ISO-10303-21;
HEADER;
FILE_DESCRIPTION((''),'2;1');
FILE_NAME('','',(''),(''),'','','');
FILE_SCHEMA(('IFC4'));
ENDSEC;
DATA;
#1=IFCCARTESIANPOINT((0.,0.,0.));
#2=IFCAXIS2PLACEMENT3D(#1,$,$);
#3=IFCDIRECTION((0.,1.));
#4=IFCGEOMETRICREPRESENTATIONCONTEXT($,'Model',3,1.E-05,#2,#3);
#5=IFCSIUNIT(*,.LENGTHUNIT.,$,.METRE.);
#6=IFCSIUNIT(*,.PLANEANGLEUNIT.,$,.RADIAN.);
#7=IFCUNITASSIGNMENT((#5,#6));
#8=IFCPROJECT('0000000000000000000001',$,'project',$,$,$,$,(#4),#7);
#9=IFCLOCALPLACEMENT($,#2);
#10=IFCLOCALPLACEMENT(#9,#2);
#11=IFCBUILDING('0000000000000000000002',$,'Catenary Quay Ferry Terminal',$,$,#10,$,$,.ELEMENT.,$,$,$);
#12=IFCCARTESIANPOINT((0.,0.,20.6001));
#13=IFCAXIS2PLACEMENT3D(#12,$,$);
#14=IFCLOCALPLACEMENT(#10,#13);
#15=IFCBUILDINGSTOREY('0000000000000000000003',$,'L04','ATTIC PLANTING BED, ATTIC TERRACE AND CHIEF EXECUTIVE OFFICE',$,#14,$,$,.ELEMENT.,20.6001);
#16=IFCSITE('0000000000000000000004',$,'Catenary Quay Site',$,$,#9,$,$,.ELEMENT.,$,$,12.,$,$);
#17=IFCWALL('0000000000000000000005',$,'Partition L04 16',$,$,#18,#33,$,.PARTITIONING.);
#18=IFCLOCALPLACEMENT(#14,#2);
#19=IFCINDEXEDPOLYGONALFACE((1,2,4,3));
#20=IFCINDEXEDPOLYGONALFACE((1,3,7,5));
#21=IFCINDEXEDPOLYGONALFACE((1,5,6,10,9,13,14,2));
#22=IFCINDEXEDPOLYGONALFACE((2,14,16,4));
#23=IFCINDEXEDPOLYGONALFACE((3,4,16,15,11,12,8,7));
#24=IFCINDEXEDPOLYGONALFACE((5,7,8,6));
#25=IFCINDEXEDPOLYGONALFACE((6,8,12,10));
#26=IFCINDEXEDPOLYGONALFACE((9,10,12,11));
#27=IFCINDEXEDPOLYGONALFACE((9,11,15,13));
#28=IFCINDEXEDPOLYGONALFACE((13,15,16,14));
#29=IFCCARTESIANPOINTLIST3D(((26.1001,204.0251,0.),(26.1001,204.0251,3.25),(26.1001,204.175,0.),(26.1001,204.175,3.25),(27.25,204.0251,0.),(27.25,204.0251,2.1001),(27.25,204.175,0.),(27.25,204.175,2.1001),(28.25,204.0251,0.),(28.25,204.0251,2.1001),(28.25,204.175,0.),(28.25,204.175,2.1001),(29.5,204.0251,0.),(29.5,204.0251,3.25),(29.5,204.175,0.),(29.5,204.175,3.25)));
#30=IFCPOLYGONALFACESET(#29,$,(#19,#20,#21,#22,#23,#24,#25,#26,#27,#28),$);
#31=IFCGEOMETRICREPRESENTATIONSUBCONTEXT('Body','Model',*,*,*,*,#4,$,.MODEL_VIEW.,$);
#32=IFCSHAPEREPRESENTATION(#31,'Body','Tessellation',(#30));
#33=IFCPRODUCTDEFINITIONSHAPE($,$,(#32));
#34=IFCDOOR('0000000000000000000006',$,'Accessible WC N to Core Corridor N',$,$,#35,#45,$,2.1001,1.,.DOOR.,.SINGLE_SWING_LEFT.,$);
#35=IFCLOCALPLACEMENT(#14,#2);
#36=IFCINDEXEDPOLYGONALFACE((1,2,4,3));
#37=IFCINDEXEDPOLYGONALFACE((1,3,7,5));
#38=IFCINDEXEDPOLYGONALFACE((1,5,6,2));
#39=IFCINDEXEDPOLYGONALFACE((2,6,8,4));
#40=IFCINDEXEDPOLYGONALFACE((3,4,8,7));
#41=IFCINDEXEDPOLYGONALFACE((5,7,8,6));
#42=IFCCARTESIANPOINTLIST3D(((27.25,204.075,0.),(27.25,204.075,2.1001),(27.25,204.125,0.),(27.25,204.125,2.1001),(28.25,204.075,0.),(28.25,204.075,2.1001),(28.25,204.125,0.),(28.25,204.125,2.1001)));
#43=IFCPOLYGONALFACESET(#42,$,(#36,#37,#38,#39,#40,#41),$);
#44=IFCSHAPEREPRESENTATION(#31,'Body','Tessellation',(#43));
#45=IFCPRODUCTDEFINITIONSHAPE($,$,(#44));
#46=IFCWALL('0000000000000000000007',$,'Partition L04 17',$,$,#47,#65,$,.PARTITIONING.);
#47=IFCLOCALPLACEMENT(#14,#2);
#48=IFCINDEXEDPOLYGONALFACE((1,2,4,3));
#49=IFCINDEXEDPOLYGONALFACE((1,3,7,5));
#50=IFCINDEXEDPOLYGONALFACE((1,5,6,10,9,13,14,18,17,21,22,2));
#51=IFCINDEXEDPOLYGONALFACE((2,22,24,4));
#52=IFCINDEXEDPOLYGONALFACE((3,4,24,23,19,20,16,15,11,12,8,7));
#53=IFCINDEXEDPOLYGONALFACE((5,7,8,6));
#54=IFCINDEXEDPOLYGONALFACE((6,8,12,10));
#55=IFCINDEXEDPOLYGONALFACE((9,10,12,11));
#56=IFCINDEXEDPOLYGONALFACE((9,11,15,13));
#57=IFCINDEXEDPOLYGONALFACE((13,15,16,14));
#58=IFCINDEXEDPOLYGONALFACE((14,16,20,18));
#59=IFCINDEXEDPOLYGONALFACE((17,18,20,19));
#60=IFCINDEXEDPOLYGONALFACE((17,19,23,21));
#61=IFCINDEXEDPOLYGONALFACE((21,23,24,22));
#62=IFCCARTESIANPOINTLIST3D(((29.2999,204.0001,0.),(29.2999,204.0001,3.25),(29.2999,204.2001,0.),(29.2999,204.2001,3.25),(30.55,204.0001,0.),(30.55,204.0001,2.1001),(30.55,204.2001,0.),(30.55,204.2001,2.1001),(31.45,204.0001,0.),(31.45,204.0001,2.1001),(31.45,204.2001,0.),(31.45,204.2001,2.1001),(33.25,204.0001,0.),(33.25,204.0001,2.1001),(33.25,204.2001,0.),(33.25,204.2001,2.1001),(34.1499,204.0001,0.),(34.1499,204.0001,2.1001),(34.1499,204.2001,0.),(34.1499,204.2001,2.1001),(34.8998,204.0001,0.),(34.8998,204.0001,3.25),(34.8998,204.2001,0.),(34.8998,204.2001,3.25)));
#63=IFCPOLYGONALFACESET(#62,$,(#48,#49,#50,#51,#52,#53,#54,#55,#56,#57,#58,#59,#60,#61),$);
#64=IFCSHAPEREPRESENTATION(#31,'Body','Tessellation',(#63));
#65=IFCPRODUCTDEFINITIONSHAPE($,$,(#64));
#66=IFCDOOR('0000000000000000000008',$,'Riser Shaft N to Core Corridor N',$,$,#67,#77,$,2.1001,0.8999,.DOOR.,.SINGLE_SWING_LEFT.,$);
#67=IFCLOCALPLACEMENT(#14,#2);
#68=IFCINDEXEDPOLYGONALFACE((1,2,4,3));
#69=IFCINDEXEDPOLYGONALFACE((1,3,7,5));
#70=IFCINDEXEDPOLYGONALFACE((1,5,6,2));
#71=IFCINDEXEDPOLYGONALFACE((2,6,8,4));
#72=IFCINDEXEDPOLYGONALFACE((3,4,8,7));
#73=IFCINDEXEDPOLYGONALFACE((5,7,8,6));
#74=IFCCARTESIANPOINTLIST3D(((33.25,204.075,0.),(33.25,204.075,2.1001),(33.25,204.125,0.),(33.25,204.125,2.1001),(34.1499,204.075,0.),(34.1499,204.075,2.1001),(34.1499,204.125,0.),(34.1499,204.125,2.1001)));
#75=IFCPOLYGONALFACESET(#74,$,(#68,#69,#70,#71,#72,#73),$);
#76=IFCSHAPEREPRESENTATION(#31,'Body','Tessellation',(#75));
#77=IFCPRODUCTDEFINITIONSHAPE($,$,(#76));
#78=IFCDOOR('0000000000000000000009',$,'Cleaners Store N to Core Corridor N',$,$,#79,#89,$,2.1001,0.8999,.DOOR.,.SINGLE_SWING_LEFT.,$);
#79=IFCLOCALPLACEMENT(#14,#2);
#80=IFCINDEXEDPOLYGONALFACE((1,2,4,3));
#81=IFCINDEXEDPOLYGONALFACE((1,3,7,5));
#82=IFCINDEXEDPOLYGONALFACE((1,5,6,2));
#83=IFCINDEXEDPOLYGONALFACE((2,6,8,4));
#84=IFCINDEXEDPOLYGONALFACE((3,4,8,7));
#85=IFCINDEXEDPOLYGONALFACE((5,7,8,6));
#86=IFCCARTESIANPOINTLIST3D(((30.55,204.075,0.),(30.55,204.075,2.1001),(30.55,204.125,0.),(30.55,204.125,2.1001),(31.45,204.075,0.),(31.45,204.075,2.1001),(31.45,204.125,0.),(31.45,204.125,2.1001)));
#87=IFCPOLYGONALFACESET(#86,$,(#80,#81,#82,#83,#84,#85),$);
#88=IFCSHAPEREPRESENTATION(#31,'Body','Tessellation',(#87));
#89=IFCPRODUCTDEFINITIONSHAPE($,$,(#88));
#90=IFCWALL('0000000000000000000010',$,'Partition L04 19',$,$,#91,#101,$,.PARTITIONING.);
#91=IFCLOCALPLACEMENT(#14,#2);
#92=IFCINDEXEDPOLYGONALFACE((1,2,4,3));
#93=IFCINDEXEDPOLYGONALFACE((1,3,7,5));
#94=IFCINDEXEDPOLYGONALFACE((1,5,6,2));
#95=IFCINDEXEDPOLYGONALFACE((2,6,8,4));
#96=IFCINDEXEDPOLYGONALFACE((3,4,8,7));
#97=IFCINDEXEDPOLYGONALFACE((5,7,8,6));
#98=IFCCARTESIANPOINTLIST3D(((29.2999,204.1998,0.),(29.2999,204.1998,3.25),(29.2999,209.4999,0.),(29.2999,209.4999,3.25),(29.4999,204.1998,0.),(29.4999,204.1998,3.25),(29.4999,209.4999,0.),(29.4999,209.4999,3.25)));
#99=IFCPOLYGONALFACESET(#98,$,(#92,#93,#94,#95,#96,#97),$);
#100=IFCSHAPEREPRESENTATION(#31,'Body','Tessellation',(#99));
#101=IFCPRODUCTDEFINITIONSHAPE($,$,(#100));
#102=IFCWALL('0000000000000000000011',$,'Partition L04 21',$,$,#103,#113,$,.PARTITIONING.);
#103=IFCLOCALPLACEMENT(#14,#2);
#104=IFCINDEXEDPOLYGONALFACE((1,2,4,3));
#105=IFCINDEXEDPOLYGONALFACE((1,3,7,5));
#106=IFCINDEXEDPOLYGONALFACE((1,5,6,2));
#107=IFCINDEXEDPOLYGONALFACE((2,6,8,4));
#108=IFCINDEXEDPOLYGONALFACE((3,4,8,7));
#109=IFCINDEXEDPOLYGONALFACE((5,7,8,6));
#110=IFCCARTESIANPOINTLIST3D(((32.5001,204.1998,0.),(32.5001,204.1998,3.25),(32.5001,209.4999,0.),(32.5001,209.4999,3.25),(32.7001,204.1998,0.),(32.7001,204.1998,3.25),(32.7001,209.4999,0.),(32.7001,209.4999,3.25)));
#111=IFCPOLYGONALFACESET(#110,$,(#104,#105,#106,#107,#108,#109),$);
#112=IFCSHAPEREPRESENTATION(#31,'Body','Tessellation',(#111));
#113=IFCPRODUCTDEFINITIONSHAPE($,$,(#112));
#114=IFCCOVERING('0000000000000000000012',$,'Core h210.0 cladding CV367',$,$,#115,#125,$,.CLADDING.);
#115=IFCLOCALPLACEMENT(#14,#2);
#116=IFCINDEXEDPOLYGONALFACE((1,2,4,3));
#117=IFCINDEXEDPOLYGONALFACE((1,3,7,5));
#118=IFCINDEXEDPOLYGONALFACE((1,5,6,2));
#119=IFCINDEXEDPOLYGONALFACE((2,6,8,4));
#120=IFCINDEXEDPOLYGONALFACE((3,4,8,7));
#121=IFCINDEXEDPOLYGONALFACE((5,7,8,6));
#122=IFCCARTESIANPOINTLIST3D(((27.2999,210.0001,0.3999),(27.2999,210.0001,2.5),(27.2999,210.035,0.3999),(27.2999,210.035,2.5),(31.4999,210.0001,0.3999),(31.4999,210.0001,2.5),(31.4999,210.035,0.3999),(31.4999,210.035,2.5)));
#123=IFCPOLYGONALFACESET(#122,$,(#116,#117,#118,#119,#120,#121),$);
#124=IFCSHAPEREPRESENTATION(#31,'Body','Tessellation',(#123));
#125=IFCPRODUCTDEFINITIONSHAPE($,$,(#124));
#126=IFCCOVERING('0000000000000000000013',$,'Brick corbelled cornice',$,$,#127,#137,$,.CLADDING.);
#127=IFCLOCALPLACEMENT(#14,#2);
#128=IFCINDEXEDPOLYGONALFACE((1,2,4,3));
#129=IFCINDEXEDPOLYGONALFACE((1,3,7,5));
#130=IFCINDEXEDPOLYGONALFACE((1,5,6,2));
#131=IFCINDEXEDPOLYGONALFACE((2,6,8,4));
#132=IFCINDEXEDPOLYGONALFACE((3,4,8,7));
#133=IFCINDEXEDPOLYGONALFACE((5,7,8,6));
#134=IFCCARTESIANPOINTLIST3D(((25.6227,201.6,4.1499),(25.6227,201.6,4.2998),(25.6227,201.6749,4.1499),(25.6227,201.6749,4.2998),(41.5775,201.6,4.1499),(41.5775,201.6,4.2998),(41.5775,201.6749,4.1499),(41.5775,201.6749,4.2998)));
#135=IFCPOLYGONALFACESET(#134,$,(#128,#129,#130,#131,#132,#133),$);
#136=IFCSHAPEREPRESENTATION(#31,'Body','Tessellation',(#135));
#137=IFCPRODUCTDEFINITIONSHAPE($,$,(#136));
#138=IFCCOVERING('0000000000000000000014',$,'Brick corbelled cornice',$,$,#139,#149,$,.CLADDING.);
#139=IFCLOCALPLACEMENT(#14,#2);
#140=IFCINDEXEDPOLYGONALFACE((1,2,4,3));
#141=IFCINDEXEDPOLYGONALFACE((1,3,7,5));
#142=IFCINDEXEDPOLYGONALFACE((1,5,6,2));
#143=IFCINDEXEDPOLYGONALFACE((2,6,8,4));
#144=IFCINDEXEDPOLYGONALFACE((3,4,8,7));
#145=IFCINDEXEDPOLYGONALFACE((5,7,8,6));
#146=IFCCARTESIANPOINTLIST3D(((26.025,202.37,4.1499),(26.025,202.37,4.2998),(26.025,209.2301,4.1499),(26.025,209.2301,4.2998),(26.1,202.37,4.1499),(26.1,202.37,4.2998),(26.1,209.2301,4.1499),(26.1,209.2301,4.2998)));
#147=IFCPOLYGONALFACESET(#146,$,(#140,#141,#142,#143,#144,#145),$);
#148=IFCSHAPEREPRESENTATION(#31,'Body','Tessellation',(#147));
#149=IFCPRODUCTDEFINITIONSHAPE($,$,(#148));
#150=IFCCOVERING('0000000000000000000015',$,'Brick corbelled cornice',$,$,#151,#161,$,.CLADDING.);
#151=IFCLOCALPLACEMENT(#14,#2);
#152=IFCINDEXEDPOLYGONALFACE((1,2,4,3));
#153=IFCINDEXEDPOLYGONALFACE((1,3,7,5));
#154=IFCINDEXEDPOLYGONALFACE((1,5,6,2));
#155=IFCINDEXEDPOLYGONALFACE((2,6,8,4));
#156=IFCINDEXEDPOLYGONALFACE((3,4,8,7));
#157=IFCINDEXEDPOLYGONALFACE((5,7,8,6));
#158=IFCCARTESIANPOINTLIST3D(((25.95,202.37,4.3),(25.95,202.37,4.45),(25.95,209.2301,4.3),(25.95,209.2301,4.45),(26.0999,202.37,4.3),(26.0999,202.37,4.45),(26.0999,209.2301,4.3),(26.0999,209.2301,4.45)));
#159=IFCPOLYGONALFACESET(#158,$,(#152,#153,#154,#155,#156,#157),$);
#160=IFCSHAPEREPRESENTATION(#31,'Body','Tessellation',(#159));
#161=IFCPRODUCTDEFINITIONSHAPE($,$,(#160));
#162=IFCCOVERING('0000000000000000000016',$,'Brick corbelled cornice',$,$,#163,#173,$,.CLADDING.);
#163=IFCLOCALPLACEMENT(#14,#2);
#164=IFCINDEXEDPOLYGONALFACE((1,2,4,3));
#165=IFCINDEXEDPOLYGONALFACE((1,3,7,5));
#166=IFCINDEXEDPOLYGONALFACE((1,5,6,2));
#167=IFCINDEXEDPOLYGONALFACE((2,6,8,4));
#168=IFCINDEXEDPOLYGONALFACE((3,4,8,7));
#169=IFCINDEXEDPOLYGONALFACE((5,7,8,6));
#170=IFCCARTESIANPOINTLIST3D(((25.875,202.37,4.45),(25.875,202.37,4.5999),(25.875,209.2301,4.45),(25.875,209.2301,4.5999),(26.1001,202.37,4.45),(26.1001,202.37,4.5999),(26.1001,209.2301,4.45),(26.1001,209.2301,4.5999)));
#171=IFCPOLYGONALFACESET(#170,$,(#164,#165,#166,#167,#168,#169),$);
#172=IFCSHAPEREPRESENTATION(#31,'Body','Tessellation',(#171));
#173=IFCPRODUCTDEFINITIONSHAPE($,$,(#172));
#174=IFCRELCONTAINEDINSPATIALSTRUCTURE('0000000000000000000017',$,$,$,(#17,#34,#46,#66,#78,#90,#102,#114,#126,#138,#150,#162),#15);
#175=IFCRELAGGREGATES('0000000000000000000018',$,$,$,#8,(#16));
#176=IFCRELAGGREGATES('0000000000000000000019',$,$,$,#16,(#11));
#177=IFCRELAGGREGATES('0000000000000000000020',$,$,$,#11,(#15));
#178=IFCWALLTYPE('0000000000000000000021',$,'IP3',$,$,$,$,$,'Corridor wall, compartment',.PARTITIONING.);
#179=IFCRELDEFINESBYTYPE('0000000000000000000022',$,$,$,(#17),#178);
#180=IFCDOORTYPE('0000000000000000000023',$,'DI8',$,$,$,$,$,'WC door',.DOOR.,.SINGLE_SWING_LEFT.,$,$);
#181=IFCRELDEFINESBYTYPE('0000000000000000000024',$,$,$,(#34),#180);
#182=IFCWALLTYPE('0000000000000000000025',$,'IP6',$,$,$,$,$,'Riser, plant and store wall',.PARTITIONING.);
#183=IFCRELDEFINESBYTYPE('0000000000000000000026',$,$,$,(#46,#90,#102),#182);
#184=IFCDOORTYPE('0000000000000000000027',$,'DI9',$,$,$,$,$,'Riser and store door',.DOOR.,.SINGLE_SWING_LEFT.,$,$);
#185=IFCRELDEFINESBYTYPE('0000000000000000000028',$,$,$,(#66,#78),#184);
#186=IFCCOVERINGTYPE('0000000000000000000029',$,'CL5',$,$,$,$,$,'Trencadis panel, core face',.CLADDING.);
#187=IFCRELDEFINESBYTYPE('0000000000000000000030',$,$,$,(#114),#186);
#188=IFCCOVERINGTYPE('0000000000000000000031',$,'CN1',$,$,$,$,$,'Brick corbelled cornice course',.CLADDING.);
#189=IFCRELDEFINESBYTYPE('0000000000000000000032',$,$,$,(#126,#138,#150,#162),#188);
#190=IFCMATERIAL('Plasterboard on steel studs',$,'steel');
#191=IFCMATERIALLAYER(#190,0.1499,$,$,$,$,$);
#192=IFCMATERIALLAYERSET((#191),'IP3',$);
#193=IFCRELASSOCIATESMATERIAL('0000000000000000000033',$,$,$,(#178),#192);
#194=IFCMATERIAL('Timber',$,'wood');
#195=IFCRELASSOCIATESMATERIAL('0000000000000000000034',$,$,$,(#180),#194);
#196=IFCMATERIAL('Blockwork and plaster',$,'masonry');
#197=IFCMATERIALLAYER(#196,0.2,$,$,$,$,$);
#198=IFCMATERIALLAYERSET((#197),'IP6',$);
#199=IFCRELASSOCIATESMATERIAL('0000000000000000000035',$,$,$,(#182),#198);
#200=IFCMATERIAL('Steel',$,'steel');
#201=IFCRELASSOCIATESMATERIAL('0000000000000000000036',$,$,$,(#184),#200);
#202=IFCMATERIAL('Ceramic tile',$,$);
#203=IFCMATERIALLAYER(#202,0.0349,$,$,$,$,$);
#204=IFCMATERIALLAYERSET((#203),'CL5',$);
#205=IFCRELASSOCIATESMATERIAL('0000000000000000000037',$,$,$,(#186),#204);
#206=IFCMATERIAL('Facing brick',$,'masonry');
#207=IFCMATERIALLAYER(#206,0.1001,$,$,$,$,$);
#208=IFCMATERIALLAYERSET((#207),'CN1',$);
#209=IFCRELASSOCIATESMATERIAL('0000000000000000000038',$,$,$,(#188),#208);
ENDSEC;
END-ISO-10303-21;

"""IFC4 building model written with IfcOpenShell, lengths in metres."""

from ifc_helpers import new_model, si_unit, direction, frame, frame_2d, origin, origin_2d, place, context, subcontext, project, spatial, rectangle, extrude, material, layer, layer_set, type_object, element, fill, save


model = new_model("IFC4")

# Units and contexts
model_context = context("Model", 3, precision=1e-05, world=origin(), true_north=direction((0.0, 1.0)))
body_context = subcontext(model_context, "Body", "Model", "MODEL_VIEW")
ifc_project = project(units=[si_unit("LENGTHUNIT", "METRE"), si_unit("PLANEANGLEUNIT", "RADIAN")], contexts=[model_context])

# Site, building, storey
site_placement = place(None, origin())
site = spatial("IfcSite", under=ifc_project, at=site_placement, Name="Catenary Quay Site", CompositionType="ELEMENT", RefElevation=12.0)
building_placement = place(site_placement, origin())
building = spatial("IfcBuilding", under=site, at=building_placement, Name="Catenary Quay Ferry Terminal", CompositionType="ELEMENT")
storey_placement = place(building_placement, frame((0.0, 0.0, 20.6001)))
storey = spatial("IfcBuildingStorey", under=building, at=storey_placement, Name="L04", Description="ATTIC PLANTING BED, ATTIC TERRACE AND CHIEF EXECUTIVE OFFICE", CompositionType="ELEMENT", Elevation=20.6001)

# Wall, opening, door
ifc_material_1 = material(Name="Plasterboard on steel studs", Category="steel")
ifc_layer_1 = layer(ifc_material_1, 0.1499)
ifc_layer_set_1 = layer_set([ifc_layer_1], Name="IP3")
wall_type_1 = type_object("IfcWallType", Name="IP3", ElementType="Corridor wall, compartment", PredefinedType="PARTITIONING", material=ifc_layer_set_1)
wall_1_placement = place(storey_placement, frame((26.1001, 204.1001, 0.0), z_axis=(0.0, 0.0, 1.0), x_axis=(1.0, 0.0, 0.0)))
wall_1 = element("IfcWall", 1, at=wall_1_placement, inside=storey, type_object=wall_type_1, Name="Partition L04 16", PredefinedType="PARTITIONING", context=body_context, shape_type="SweptSolid", body=[
    extrude(rectangle(XDim=3.3999, YDim=0.1499, at=frame_2d((1.7, 0.0))), origin(), (0.0, 0.0, 1.0), 3.25),
])
opening_1_placement = place(wall_1_placement, frame((1.1499, 0.0, 0.0)))
opening_1 = element("IfcOpeningElement", 2, at=opening_1_placement, cuts=wall_1, PredefinedType="OPENING", context=body_context, shape_type="SweptSolid", body=[
    extrude(rectangle(XDim=1.0, YDim=2.1001, at=frame_2d((0.5, 1.05))), frame((0.0, 0.085, 0.0), z_axis=(0.0, -1.0, 0.0), x_axis=(1.0, 0.0, 0.0)), (0.0, 0.0, 1.0), 0.1699),
])
ifc_material_2 = material(Name="Timber", Category="wood")
door_type_1 = type_object("IfcDoorType", Name="DI8", ElementType="WC door", OperationType="SINGLE_SWING_LEFT", PredefinedType="DOOR", material=ifc_material_2)
door_1_placement = place(opening_1_placement, origin())
door_1 = element("IfcDoor", 3, at=door_1_placement, inside=storey, type_object=door_type_1, Name="Accessible WC N to Core Corridor N", OperationType="SINGLE_SWING_LEFT", OverallHeight=2.1001, OverallWidth=1.0, PredefinedType="DOOR", context=body_context, shape_type="SweptSolid", body=[
    extrude(rectangle(XDim=1.0, YDim=2.1001, at=frame_2d((0.5, 1.05))), frame((0.0, 0.0249, 0.0), z_axis=(0.0, -1.0, 0.0), x_axis=(1.0, 0.0, 0.0)), (0.0, 0.0, 1.0), 0.05),
])
fill(opening_1, door_1)

# Wall, openings, doors
ifc_material_3 = material(Name="Blockwork and plaster", Category="masonry")
ifc_layer_2 = layer(ifc_material_3, 0.2)
ifc_layer_set_2 = layer_set([ifc_layer_2], Name="IP6")
wall_type_2 = type_object("IfcWallType", Name="IP6", ElementType="Riser, plant and store wall", PredefinedType="PARTITIONING", material=ifc_layer_set_2)
wall_2_placement = place(storey_placement, frame((29.3, 204.1001, 0.0), z_axis=(0.0, 0.0, 1.0), x_axis=(1.0, 0.0, 0.0)))
wall_2 = element("IfcWall", 4, at=wall_2_placement, inside=storey, type_object=wall_type_2, Name="Partition L04 17", PredefinedType="PARTITIONING", context=body_context, shape_type="SweptSolid", body=[
    extrude(rectangle(XDim=5.5999, YDim=0.2, at=frame_2d((2.7998, 0.0))), origin(), (0.0, 0.0, 1.0), 3.25),
])
opening_2_placement = place(wall_2_placement, frame((3.95, 0.0, 0.0)))
opening_2 = element("IfcOpeningElement", 5, at=opening_2_placement, cuts=wall_2, PredefinedType="OPENING", context=body_context, shape_type="SweptSolid", body=[
    extrude(rectangle(XDim=0.8999, YDim=2.1001, at=frame_2d((0.45, 1.05))), frame((0.0, 0.1099, 0.0), z_axis=(0.0, -1.0, 0.0), x_axis=(1.0, 0.0, 0.0)), (0.0, 0.0, 1.0), 0.22),
])
opening_3_placement = place(wall_2_placement, frame((1.25, 0.0, 0.0)))
opening_3 = element("IfcOpeningElement", 6, at=opening_3_placement, cuts=wall_2, PredefinedType="OPENING", context=body_context, shape_type="SweptSolid", body=[
    extrude(rectangle(XDim=0.8999, YDim=2.1001, at=frame_2d((0.45, 1.05))), frame((0.0, 0.1099, 0.0), z_axis=(0.0, -1.0, 0.0), x_axis=(1.0, 0.0, 0.0)), (0.0, 0.0, 1.0), 0.22),
])
ifc_material_4 = material(Name="Steel", Category="steel")
door_type_2 = type_object("IfcDoorType", Name="DI9", ElementType="Riser and store door", OperationType="SINGLE_SWING_LEFT", PredefinedType="DOOR", material=ifc_material_4)
door_2_placement = place(opening_2_placement, origin())
door_2 = element("IfcDoor", 7, at=door_2_placement, inside=storey, type_object=door_type_2, Name="Riser Shaft N to Core Corridor N", OperationType="SINGLE_SWING_LEFT", OverallHeight=2.1001, OverallWidth=0.8999, PredefinedType="DOOR", context=body_context, shape_type="SweptSolid", body=[
    extrude(rectangle(XDim=0.8999, YDim=2.1001, at=frame_2d((0.45, 1.05))), frame((0.0, 0.0249, 0.0), z_axis=(0.0, -1.0, 0.0), x_axis=(1.0, 0.0, 0.0)), (0.0, 0.0, 1.0), 0.05),
])
fill(opening_2, door_2)
door_3_placement = place(opening_3_placement, origin())
door_3 = element("IfcDoor", 8, at=door_3_placement, inside=storey, type_object=door_type_2, Name="Cleaners Store N to Core Corridor N", OperationType="SINGLE_SWING_LEFT", OverallHeight=2.1001, OverallWidth=0.8999, PredefinedType="DOOR", context=body_context, shape_type="SweptSolid", body=[
    extrude(rectangle(XDim=0.8999, YDim=2.1001, at=frame_2d((0.45, 1.05))), frame((0.0, 0.0249, 0.0), z_axis=(0.0, -1.0, 0.0), x_axis=(1.0, 0.0, 0.0)), (0.0, 0.0, 1.0), 0.05),
])
fill(opening_3, door_3)

# Walls
for number, where, z_axis, x_axis, name in (
    (9, (29.3999, 204.2, 0.0), (0.0, 0.0, 1.0), (0.0, 1.0, 0.0), "Partition L04 19"),
    (10, (32.6001, 204.2, 0.0), (0.0, 0.0, 1.0), (0.0, 1.0, 0.0), "Partition L04 21"),
):
    element("IfcWall", number, at=place(storey_placement, frame(where, z_axis=z_axis, x_axis=x_axis)), inside=storey, type_object=wall_type_2, Name=name, PredefinedType="PARTITIONING", context=body_context, shape_type="SweptSolid", body=[
        extrude(rectangle(XDim=5.3, YDim=0.2, at=frame_2d((2.6499, 0.0))), origin(), (0.0, 0.0, 1.0), 3.25),
    ])

# Coverings
ifc_material_5 = material(Name="Ceramic tile")
ifc_layer_3 = layer(ifc_material_5, 0.0349)
ifc_layer_set_3 = layer_set([ifc_layer_3], Name="CL5")
covering_type_1 = type_object("IfcCoveringType", Name="CL5", ElementType="Trencadis panel, core face", PredefinedType="CLADDING", material=ifc_layer_set_3)
covering_1_placement = place(storey_placement, frame((29.3999, 210.0176, 0.3999), z_axis=(0.0, 0.0, 1.0), x_axis=(1.0, 0.0, 0.0)))
element("IfcCovering", 11, at=covering_1_placement, inside=storey, type_object=covering_type_1, Name="Core h210.0 cladding CV367", PredefinedType="CLADDING", context=body_context, shape_type="SweptSolid", body=[
    extrude(rectangle(XDim=4.2, YDim=0.0349, at=origin_2d()), origin(), (0.0, 0.0, 1.0), 2.1001),
])
ifc_material_6 = material(Name="Facing brick", Category="masonry")
ifc_layer_4 = layer(ifc_material_6, 0.1001)
ifc_layer_set_4 = layer_set([ifc_layer_4], Name="CN1")
covering_type_2 = type_object("IfcCoveringType", Name="CN1", ElementType="Brick corbelled cornice course", PredefinedType="CLADDING", material=ifc_layer_set_4)
covering_2_placement = place(storey_placement, frame((33.6001, 201.6375, 4.1499), z_axis=(0.0, 0.0, 1.0), x_axis=(1.0, 0.0, 0.0)))
element("IfcCovering", 12, at=covering_2_placement, inside=storey, type_object=covering_type_2, Name="Brick corbelled cornice", PredefinedType="CLADDING", context=body_context, shape_type="SweptSolid", body=[
    extrude(rectangle(XDim=15.9548, YDim=0.075, at=origin_2d()), origin(), (0.0, 0.0, 1.0), 0.1499),
])
covering_3_placement = place(storey_placement, frame((26.0625, 205.8, 4.1499), z_axis=(0.0, 0.0, 1.0), x_axis=(1.0, 0.0, 0.0)))
element("IfcCovering", 13, at=covering_3_placement, inside=storey, type_object=covering_type_2, Name="Brick corbelled cornice", PredefinedType="CLADDING", context=body_context, shape_type="SweptSolid", body=[
    extrude(rectangle(XDim=0.075, YDim=6.8601, at=origin_2d()), origin(), (0.0, 0.0, 1.0), 0.1499),
])
covering_4_placement = place(storey_placement, frame((26.0249, 205.8, 4.3), z_axis=(0.0, 0.0, 1.0), x_axis=(1.0, 0.0, 0.0)))
element("IfcCovering", 14, at=covering_4_placement, inside=storey, type_object=covering_type_2, Name="Brick corbelled cornice", PredefinedType="CLADDING", context=body_context, shape_type="SweptSolid", body=[
    extrude(rectangle(XDim=0.1499, YDim=6.8601, at=origin_2d()), origin(), (0.0, 0.0, 1.0), 0.1499),
])
covering_5_placement = place(storey_placement, frame((25.9875, 205.8, 4.45), z_axis=(0.0, 0.0, 1.0), x_axis=(1.0, 0.0, 0.0)))
element("IfcCovering", 15, at=covering_5_placement, inside=storey, type_object=covering_type_2, Name="Brick corbelled cornice", PredefinedType="CLADDING", context=body_context, shape_type="SweptSolid", body=[
    extrude(rectangle(XDim=0.2251, YDim=6.8601, at=origin_2d()), origin(), (0.0, 0.0, 1.0), 0.1499),
])

save(model, "model.ifc")
